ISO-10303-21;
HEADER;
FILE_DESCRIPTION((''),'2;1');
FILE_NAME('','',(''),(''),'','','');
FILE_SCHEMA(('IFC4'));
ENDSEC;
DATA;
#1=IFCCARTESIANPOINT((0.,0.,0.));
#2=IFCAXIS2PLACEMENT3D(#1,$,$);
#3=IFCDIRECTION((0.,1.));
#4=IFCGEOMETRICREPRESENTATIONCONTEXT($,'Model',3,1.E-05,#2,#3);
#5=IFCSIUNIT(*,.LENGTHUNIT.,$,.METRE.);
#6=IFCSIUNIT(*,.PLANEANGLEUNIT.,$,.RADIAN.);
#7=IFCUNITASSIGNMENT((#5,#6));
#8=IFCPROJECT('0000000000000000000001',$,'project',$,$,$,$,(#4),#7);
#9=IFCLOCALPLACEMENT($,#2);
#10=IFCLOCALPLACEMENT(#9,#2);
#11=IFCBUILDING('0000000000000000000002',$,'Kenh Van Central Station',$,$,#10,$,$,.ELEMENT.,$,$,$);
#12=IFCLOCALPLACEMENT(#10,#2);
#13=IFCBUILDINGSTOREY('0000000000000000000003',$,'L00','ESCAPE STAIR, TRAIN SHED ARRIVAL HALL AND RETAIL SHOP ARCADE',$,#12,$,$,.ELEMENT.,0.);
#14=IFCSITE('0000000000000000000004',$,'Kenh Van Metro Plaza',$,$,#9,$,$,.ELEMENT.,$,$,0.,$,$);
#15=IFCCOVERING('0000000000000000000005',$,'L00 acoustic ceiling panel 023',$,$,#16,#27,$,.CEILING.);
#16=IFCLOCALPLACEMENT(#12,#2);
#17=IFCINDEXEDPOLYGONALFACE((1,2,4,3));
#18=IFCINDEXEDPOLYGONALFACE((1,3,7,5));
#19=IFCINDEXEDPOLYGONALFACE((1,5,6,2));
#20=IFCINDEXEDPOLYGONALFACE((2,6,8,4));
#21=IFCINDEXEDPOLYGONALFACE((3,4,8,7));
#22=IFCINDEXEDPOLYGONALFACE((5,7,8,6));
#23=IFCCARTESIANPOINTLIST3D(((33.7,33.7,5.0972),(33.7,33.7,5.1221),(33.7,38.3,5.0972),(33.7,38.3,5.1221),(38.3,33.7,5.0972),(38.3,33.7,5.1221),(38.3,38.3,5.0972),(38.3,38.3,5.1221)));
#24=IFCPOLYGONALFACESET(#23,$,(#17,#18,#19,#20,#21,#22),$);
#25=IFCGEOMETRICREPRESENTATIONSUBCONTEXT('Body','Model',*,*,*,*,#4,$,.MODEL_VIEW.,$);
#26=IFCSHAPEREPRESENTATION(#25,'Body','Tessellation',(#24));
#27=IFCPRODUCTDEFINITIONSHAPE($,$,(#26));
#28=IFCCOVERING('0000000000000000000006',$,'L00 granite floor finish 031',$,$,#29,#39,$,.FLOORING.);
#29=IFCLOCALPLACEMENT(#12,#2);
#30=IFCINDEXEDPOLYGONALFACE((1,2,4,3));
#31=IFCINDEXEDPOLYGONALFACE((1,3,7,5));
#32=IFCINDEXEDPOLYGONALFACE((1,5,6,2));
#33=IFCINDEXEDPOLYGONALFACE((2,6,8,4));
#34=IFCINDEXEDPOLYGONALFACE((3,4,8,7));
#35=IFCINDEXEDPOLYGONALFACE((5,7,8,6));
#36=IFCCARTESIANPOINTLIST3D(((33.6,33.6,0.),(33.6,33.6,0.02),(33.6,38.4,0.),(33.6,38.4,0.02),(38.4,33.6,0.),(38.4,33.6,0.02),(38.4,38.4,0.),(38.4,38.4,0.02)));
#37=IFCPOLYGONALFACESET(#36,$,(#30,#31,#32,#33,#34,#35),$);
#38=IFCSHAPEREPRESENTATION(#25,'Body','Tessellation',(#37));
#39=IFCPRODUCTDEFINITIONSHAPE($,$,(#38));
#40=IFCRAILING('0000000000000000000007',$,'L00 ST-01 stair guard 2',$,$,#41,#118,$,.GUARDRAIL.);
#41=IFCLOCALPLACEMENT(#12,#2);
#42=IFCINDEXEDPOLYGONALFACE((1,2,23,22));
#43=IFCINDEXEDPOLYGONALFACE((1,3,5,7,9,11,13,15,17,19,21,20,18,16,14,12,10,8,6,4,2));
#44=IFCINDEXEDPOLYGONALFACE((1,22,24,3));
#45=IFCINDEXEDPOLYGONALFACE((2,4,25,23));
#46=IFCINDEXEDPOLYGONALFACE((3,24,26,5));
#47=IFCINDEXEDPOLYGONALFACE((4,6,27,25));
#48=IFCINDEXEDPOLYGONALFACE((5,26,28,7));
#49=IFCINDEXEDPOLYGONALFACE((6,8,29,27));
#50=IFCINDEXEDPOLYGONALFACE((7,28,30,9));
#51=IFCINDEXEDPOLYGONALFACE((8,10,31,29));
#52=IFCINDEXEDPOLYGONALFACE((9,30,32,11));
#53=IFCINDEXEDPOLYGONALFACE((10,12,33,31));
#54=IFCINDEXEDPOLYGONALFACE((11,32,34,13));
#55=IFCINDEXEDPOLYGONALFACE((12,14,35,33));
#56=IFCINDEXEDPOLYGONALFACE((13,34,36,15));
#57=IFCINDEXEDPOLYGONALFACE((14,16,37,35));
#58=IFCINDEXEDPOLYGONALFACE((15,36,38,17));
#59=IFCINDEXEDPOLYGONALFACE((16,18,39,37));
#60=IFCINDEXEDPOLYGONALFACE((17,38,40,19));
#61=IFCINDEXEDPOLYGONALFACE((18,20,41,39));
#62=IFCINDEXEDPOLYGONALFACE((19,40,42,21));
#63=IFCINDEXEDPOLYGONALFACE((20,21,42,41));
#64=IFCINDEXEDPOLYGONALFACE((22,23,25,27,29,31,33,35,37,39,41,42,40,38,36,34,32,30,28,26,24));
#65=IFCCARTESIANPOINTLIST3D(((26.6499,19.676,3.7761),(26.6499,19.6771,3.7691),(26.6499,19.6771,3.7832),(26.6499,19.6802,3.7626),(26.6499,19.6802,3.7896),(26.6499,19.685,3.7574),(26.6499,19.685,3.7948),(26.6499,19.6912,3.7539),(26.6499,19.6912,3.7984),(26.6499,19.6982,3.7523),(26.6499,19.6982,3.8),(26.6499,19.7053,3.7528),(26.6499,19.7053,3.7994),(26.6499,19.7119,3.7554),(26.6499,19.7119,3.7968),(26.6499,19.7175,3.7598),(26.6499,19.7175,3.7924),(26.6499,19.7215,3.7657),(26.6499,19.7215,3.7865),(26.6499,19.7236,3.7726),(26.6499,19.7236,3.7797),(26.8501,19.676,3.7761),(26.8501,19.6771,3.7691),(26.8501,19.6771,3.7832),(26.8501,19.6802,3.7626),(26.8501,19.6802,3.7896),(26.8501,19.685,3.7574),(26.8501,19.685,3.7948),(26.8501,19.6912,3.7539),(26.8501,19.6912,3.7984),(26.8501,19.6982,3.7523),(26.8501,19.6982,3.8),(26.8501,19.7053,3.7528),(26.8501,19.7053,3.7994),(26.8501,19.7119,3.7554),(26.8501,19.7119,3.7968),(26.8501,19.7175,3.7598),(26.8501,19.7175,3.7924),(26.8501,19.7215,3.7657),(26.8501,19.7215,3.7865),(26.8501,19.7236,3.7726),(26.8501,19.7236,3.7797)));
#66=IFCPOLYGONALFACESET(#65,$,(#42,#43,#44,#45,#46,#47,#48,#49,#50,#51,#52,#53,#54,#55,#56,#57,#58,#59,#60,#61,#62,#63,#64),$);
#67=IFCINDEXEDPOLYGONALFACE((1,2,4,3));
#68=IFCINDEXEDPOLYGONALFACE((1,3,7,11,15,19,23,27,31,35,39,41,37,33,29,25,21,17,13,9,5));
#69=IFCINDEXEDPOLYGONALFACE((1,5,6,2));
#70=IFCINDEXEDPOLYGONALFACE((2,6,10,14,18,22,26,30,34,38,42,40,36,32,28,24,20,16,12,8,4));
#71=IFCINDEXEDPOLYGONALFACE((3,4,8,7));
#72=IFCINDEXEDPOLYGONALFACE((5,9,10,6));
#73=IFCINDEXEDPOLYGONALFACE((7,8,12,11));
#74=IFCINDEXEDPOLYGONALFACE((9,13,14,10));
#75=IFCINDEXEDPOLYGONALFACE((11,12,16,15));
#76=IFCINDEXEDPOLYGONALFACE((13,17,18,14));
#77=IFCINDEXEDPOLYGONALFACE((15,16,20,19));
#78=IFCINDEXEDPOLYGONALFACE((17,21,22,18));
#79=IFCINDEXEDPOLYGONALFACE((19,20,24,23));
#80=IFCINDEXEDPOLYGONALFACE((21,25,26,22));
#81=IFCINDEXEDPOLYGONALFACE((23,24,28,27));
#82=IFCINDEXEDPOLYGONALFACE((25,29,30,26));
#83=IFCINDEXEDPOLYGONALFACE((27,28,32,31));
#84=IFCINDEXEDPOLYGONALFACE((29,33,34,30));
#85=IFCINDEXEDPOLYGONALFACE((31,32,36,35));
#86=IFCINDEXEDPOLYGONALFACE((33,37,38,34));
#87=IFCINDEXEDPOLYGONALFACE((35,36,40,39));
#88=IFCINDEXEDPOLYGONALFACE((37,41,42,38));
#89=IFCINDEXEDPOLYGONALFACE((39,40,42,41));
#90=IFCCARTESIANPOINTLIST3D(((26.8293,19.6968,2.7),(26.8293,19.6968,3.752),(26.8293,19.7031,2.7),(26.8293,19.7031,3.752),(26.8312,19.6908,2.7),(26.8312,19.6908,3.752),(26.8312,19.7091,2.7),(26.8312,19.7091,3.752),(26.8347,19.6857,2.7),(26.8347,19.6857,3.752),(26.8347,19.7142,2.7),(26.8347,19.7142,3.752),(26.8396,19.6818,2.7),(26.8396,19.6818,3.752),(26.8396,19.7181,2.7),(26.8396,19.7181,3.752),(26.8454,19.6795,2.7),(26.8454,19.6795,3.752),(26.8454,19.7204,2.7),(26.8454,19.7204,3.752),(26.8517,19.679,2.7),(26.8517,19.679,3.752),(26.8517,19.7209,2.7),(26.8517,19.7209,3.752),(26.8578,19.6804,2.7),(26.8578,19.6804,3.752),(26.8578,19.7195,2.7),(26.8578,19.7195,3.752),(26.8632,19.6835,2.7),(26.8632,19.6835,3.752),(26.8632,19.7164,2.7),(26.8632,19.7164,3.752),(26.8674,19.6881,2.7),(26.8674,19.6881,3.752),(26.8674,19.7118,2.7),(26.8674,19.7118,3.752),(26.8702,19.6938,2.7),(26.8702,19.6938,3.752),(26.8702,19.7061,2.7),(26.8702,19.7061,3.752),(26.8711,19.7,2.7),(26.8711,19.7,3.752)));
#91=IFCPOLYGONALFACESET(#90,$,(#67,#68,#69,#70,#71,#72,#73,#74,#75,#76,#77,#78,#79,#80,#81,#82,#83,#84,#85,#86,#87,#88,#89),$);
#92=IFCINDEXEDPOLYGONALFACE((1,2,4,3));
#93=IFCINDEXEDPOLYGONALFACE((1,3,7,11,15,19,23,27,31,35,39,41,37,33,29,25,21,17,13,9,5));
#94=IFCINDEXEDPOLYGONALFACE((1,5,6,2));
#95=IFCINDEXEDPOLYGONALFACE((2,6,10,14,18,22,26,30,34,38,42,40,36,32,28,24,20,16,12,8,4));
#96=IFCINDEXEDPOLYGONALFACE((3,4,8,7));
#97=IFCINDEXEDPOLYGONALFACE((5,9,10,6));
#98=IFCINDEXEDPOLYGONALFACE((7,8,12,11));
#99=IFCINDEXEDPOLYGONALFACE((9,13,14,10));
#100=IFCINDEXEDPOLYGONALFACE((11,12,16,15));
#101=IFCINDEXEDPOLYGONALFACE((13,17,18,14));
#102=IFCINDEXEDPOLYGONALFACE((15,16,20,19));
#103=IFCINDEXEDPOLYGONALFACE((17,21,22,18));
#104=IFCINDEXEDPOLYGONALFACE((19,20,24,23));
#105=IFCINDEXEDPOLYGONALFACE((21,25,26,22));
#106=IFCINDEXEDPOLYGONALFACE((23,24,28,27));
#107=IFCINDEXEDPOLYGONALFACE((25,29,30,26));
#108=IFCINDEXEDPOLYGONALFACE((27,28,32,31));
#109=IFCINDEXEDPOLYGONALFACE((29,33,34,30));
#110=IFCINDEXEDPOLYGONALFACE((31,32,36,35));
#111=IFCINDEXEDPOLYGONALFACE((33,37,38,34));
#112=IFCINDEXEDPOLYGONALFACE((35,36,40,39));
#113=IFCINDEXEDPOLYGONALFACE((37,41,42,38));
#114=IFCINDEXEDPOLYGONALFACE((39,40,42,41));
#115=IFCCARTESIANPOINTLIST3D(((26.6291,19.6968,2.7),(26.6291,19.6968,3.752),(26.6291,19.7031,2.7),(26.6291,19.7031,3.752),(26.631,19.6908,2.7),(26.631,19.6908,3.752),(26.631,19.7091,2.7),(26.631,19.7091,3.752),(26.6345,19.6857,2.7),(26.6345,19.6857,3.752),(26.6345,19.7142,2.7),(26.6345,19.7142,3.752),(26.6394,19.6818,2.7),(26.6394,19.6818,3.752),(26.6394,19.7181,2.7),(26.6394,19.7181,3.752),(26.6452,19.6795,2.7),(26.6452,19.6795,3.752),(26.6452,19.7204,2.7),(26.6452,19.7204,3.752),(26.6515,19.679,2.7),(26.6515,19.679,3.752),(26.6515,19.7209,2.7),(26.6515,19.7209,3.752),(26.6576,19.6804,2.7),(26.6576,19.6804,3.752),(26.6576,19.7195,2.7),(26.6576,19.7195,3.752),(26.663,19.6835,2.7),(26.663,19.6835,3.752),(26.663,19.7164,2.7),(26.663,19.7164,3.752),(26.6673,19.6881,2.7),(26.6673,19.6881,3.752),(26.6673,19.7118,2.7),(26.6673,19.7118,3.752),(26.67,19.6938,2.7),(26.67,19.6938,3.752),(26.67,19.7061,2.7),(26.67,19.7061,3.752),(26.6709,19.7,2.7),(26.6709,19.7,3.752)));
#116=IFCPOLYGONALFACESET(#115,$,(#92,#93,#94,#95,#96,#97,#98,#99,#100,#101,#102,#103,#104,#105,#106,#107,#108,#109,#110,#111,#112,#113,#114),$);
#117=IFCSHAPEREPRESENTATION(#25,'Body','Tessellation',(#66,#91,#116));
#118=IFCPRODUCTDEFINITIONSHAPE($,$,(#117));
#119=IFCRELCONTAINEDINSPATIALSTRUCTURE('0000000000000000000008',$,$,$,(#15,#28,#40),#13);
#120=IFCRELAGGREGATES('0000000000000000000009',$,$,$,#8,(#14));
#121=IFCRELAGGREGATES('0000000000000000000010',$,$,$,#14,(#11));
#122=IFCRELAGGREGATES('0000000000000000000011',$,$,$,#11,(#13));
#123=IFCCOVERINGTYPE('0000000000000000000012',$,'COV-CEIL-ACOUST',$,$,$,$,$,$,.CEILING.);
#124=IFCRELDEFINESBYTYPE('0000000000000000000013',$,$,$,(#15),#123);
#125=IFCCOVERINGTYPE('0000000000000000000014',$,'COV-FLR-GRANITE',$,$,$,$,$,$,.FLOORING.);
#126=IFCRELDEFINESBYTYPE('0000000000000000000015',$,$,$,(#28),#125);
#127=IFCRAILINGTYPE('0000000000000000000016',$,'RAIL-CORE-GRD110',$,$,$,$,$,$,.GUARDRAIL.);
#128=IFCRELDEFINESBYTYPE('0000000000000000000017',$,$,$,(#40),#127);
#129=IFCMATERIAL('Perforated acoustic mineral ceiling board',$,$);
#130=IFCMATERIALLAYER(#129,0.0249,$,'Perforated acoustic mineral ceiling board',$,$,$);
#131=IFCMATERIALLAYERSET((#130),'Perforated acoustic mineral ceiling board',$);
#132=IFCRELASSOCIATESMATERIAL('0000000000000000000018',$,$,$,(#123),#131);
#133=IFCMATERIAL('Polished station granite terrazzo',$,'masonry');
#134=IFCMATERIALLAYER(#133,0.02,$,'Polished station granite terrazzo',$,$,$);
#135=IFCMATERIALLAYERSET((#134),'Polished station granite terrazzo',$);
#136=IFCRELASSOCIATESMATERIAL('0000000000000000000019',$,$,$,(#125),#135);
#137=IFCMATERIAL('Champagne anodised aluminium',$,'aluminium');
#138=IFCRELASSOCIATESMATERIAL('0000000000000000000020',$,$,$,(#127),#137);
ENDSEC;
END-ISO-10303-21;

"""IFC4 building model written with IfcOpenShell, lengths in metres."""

from ifc_helpers import new_model, si_unit, direction, frame, origin, origin_2d, place, context, subcontext, project, spatial, rectangle, circle, extrude, material, layer, layer_set, type_object, element, save


model = new_model("IFC4")

# Units and contexts
model_context = context("Model", 3, precision=1e-05, world=origin(), true_north=direction((0.0, 1.0)))
body_context = subcontext(model_context, "Body", "Model", "MODEL_VIEW")
ifc_project = project(units=[si_unit("LENGTHUNIT", "METRE"), si_unit("PLANEANGLEUNIT", "RADIAN")], contexts=[model_context])

# Site, building, storey
site_placement = place(None, origin())
site = spatial("IfcSite", under=ifc_project, at=site_placement, Name="Kenh Van Metro Plaza", CompositionType="ELEMENT", RefElevation=0.0)
building_placement = place(site_placement, origin())
building = spatial("IfcBuilding", under=site, at=building_placement, Name="Kenh Van Central Station", CompositionType="ELEMENT")
storey_placement = place(building_placement, origin())
storey = spatial("IfcBuildingStorey", under=building, at=storey_placement, Name="L00", Description="ESCAPE STAIR, TRAIN SHED ARRIVAL HALL AND RETAIL SHOP ARCADE", CompositionType="ELEMENT", Elevation=0.0)

# Coverings
ifc_material_1 = material(Name="Perforated acoustic mineral ceiling board")
ifc_layer_1 = layer(ifc_material_1, 0.0249, Name="Perforated acoustic mineral ceiling board")
ifc_layer_set_1 = layer_set([ifc_layer_1], Name="Perforated acoustic mineral ceiling board")
covering_type_1 = type_object("IfcCoveringType", Name="COV-CEIL-ACOUST", PredefinedType="CEILING", material=ifc_layer_set_1)
covering_1_placement = place(storey_placement, frame((36.0, 36.0, 5.0972), z_axis=(0.0, 0.0, 1.0), x_axis=(1.0, 0.0, 0.0)))
element("IfcCovering", 1, at=covering_1_placement, inside=storey, type_object=covering_type_1, Name="L00 acoustic ceiling panel 023", PredefinedType="CEILING", context=body_context, shape_type="SweptSolid", body=[
    extrude(rectangle(XDim=4.6001, YDim=4.6001, at=origin_2d()), origin(), (0.0, 0.0, 1.0), 0.0249),
])
ifc_material_2 = material(Name="Polished station granite terrazzo", Category="masonry")
ifc_layer_2 = layer(ifc_material_2, 0.02, Name="Polished station granite terrazzo")
ifc_layer_set_2 = layer_set([ifc_layer_2], Name="Polished station granite terrazzo")
covering_type_2 = type_object("IfcCoveringType", Name="COV-FLR-GRANITE", PredefinedType="FLOORING", material=ifc_layer_set_2)
covering_2_placement = place(storey_placement, frame((36.0, 36.0, 0.0), z_axis=(0.0, 0.0, 1.0), x_axis=(1.0, 0.0, 0.0)))
element("IfcCovering", 2, at=covering_2_placement, inside=storey, type_object=covering_type_2, Name="L00 granite floor finish 031", PredefinedType="FLOORING", context=body_context, shape_type="SweptSolid", body=[
    extrude(rectangle(XDim=4.8, YDim=4.8, at=origin_2d()), origin(), (0.0, 0.0, 1.0), 0.02),
])

# Railing
ifc_material_3 = material(Name="Champagne anodised aluminium", Category="aluminium")
railing_type_1 = type_object("IfcRailingType", Name="RAIL-CORE-GRD110", PredefinedType="GUARDRAIL", material=ifc_material_3)
railing_1_placement = place(storey_placement, frame((26.8501, 19.7, 2.7)))
element("IfcRailing", 3, at=railing_1_placement, inside=storey, type_object=railing_type_1, Name="L00 ST-01 stair guard 2", PredefinedType="GUARDRAIL", context=body_context, shape_type="SweptSolid", body=[
    extrude(circle(Radius=0.0239, at=origin_2d()), frame((0.0, 0.0, 1.0762), z_axis=(-1.0, 0.0, 0.0), x_axis=(0.0, -1.0, 0.0)), (0.0, 0.0, 1.0), 0.2002),
    extrude(circle(Radius=0.021, at=origin_2d()), origin(), (0.0, 0.0, 1.0), 1.052),
    extrude(circle(Radius=0.021, at=origin_2d()), frame((-0.2002, 0.0, 0.0)), (0.0, 0.0, 1.0), 1.052),
])

save(model, "model.ifc")
